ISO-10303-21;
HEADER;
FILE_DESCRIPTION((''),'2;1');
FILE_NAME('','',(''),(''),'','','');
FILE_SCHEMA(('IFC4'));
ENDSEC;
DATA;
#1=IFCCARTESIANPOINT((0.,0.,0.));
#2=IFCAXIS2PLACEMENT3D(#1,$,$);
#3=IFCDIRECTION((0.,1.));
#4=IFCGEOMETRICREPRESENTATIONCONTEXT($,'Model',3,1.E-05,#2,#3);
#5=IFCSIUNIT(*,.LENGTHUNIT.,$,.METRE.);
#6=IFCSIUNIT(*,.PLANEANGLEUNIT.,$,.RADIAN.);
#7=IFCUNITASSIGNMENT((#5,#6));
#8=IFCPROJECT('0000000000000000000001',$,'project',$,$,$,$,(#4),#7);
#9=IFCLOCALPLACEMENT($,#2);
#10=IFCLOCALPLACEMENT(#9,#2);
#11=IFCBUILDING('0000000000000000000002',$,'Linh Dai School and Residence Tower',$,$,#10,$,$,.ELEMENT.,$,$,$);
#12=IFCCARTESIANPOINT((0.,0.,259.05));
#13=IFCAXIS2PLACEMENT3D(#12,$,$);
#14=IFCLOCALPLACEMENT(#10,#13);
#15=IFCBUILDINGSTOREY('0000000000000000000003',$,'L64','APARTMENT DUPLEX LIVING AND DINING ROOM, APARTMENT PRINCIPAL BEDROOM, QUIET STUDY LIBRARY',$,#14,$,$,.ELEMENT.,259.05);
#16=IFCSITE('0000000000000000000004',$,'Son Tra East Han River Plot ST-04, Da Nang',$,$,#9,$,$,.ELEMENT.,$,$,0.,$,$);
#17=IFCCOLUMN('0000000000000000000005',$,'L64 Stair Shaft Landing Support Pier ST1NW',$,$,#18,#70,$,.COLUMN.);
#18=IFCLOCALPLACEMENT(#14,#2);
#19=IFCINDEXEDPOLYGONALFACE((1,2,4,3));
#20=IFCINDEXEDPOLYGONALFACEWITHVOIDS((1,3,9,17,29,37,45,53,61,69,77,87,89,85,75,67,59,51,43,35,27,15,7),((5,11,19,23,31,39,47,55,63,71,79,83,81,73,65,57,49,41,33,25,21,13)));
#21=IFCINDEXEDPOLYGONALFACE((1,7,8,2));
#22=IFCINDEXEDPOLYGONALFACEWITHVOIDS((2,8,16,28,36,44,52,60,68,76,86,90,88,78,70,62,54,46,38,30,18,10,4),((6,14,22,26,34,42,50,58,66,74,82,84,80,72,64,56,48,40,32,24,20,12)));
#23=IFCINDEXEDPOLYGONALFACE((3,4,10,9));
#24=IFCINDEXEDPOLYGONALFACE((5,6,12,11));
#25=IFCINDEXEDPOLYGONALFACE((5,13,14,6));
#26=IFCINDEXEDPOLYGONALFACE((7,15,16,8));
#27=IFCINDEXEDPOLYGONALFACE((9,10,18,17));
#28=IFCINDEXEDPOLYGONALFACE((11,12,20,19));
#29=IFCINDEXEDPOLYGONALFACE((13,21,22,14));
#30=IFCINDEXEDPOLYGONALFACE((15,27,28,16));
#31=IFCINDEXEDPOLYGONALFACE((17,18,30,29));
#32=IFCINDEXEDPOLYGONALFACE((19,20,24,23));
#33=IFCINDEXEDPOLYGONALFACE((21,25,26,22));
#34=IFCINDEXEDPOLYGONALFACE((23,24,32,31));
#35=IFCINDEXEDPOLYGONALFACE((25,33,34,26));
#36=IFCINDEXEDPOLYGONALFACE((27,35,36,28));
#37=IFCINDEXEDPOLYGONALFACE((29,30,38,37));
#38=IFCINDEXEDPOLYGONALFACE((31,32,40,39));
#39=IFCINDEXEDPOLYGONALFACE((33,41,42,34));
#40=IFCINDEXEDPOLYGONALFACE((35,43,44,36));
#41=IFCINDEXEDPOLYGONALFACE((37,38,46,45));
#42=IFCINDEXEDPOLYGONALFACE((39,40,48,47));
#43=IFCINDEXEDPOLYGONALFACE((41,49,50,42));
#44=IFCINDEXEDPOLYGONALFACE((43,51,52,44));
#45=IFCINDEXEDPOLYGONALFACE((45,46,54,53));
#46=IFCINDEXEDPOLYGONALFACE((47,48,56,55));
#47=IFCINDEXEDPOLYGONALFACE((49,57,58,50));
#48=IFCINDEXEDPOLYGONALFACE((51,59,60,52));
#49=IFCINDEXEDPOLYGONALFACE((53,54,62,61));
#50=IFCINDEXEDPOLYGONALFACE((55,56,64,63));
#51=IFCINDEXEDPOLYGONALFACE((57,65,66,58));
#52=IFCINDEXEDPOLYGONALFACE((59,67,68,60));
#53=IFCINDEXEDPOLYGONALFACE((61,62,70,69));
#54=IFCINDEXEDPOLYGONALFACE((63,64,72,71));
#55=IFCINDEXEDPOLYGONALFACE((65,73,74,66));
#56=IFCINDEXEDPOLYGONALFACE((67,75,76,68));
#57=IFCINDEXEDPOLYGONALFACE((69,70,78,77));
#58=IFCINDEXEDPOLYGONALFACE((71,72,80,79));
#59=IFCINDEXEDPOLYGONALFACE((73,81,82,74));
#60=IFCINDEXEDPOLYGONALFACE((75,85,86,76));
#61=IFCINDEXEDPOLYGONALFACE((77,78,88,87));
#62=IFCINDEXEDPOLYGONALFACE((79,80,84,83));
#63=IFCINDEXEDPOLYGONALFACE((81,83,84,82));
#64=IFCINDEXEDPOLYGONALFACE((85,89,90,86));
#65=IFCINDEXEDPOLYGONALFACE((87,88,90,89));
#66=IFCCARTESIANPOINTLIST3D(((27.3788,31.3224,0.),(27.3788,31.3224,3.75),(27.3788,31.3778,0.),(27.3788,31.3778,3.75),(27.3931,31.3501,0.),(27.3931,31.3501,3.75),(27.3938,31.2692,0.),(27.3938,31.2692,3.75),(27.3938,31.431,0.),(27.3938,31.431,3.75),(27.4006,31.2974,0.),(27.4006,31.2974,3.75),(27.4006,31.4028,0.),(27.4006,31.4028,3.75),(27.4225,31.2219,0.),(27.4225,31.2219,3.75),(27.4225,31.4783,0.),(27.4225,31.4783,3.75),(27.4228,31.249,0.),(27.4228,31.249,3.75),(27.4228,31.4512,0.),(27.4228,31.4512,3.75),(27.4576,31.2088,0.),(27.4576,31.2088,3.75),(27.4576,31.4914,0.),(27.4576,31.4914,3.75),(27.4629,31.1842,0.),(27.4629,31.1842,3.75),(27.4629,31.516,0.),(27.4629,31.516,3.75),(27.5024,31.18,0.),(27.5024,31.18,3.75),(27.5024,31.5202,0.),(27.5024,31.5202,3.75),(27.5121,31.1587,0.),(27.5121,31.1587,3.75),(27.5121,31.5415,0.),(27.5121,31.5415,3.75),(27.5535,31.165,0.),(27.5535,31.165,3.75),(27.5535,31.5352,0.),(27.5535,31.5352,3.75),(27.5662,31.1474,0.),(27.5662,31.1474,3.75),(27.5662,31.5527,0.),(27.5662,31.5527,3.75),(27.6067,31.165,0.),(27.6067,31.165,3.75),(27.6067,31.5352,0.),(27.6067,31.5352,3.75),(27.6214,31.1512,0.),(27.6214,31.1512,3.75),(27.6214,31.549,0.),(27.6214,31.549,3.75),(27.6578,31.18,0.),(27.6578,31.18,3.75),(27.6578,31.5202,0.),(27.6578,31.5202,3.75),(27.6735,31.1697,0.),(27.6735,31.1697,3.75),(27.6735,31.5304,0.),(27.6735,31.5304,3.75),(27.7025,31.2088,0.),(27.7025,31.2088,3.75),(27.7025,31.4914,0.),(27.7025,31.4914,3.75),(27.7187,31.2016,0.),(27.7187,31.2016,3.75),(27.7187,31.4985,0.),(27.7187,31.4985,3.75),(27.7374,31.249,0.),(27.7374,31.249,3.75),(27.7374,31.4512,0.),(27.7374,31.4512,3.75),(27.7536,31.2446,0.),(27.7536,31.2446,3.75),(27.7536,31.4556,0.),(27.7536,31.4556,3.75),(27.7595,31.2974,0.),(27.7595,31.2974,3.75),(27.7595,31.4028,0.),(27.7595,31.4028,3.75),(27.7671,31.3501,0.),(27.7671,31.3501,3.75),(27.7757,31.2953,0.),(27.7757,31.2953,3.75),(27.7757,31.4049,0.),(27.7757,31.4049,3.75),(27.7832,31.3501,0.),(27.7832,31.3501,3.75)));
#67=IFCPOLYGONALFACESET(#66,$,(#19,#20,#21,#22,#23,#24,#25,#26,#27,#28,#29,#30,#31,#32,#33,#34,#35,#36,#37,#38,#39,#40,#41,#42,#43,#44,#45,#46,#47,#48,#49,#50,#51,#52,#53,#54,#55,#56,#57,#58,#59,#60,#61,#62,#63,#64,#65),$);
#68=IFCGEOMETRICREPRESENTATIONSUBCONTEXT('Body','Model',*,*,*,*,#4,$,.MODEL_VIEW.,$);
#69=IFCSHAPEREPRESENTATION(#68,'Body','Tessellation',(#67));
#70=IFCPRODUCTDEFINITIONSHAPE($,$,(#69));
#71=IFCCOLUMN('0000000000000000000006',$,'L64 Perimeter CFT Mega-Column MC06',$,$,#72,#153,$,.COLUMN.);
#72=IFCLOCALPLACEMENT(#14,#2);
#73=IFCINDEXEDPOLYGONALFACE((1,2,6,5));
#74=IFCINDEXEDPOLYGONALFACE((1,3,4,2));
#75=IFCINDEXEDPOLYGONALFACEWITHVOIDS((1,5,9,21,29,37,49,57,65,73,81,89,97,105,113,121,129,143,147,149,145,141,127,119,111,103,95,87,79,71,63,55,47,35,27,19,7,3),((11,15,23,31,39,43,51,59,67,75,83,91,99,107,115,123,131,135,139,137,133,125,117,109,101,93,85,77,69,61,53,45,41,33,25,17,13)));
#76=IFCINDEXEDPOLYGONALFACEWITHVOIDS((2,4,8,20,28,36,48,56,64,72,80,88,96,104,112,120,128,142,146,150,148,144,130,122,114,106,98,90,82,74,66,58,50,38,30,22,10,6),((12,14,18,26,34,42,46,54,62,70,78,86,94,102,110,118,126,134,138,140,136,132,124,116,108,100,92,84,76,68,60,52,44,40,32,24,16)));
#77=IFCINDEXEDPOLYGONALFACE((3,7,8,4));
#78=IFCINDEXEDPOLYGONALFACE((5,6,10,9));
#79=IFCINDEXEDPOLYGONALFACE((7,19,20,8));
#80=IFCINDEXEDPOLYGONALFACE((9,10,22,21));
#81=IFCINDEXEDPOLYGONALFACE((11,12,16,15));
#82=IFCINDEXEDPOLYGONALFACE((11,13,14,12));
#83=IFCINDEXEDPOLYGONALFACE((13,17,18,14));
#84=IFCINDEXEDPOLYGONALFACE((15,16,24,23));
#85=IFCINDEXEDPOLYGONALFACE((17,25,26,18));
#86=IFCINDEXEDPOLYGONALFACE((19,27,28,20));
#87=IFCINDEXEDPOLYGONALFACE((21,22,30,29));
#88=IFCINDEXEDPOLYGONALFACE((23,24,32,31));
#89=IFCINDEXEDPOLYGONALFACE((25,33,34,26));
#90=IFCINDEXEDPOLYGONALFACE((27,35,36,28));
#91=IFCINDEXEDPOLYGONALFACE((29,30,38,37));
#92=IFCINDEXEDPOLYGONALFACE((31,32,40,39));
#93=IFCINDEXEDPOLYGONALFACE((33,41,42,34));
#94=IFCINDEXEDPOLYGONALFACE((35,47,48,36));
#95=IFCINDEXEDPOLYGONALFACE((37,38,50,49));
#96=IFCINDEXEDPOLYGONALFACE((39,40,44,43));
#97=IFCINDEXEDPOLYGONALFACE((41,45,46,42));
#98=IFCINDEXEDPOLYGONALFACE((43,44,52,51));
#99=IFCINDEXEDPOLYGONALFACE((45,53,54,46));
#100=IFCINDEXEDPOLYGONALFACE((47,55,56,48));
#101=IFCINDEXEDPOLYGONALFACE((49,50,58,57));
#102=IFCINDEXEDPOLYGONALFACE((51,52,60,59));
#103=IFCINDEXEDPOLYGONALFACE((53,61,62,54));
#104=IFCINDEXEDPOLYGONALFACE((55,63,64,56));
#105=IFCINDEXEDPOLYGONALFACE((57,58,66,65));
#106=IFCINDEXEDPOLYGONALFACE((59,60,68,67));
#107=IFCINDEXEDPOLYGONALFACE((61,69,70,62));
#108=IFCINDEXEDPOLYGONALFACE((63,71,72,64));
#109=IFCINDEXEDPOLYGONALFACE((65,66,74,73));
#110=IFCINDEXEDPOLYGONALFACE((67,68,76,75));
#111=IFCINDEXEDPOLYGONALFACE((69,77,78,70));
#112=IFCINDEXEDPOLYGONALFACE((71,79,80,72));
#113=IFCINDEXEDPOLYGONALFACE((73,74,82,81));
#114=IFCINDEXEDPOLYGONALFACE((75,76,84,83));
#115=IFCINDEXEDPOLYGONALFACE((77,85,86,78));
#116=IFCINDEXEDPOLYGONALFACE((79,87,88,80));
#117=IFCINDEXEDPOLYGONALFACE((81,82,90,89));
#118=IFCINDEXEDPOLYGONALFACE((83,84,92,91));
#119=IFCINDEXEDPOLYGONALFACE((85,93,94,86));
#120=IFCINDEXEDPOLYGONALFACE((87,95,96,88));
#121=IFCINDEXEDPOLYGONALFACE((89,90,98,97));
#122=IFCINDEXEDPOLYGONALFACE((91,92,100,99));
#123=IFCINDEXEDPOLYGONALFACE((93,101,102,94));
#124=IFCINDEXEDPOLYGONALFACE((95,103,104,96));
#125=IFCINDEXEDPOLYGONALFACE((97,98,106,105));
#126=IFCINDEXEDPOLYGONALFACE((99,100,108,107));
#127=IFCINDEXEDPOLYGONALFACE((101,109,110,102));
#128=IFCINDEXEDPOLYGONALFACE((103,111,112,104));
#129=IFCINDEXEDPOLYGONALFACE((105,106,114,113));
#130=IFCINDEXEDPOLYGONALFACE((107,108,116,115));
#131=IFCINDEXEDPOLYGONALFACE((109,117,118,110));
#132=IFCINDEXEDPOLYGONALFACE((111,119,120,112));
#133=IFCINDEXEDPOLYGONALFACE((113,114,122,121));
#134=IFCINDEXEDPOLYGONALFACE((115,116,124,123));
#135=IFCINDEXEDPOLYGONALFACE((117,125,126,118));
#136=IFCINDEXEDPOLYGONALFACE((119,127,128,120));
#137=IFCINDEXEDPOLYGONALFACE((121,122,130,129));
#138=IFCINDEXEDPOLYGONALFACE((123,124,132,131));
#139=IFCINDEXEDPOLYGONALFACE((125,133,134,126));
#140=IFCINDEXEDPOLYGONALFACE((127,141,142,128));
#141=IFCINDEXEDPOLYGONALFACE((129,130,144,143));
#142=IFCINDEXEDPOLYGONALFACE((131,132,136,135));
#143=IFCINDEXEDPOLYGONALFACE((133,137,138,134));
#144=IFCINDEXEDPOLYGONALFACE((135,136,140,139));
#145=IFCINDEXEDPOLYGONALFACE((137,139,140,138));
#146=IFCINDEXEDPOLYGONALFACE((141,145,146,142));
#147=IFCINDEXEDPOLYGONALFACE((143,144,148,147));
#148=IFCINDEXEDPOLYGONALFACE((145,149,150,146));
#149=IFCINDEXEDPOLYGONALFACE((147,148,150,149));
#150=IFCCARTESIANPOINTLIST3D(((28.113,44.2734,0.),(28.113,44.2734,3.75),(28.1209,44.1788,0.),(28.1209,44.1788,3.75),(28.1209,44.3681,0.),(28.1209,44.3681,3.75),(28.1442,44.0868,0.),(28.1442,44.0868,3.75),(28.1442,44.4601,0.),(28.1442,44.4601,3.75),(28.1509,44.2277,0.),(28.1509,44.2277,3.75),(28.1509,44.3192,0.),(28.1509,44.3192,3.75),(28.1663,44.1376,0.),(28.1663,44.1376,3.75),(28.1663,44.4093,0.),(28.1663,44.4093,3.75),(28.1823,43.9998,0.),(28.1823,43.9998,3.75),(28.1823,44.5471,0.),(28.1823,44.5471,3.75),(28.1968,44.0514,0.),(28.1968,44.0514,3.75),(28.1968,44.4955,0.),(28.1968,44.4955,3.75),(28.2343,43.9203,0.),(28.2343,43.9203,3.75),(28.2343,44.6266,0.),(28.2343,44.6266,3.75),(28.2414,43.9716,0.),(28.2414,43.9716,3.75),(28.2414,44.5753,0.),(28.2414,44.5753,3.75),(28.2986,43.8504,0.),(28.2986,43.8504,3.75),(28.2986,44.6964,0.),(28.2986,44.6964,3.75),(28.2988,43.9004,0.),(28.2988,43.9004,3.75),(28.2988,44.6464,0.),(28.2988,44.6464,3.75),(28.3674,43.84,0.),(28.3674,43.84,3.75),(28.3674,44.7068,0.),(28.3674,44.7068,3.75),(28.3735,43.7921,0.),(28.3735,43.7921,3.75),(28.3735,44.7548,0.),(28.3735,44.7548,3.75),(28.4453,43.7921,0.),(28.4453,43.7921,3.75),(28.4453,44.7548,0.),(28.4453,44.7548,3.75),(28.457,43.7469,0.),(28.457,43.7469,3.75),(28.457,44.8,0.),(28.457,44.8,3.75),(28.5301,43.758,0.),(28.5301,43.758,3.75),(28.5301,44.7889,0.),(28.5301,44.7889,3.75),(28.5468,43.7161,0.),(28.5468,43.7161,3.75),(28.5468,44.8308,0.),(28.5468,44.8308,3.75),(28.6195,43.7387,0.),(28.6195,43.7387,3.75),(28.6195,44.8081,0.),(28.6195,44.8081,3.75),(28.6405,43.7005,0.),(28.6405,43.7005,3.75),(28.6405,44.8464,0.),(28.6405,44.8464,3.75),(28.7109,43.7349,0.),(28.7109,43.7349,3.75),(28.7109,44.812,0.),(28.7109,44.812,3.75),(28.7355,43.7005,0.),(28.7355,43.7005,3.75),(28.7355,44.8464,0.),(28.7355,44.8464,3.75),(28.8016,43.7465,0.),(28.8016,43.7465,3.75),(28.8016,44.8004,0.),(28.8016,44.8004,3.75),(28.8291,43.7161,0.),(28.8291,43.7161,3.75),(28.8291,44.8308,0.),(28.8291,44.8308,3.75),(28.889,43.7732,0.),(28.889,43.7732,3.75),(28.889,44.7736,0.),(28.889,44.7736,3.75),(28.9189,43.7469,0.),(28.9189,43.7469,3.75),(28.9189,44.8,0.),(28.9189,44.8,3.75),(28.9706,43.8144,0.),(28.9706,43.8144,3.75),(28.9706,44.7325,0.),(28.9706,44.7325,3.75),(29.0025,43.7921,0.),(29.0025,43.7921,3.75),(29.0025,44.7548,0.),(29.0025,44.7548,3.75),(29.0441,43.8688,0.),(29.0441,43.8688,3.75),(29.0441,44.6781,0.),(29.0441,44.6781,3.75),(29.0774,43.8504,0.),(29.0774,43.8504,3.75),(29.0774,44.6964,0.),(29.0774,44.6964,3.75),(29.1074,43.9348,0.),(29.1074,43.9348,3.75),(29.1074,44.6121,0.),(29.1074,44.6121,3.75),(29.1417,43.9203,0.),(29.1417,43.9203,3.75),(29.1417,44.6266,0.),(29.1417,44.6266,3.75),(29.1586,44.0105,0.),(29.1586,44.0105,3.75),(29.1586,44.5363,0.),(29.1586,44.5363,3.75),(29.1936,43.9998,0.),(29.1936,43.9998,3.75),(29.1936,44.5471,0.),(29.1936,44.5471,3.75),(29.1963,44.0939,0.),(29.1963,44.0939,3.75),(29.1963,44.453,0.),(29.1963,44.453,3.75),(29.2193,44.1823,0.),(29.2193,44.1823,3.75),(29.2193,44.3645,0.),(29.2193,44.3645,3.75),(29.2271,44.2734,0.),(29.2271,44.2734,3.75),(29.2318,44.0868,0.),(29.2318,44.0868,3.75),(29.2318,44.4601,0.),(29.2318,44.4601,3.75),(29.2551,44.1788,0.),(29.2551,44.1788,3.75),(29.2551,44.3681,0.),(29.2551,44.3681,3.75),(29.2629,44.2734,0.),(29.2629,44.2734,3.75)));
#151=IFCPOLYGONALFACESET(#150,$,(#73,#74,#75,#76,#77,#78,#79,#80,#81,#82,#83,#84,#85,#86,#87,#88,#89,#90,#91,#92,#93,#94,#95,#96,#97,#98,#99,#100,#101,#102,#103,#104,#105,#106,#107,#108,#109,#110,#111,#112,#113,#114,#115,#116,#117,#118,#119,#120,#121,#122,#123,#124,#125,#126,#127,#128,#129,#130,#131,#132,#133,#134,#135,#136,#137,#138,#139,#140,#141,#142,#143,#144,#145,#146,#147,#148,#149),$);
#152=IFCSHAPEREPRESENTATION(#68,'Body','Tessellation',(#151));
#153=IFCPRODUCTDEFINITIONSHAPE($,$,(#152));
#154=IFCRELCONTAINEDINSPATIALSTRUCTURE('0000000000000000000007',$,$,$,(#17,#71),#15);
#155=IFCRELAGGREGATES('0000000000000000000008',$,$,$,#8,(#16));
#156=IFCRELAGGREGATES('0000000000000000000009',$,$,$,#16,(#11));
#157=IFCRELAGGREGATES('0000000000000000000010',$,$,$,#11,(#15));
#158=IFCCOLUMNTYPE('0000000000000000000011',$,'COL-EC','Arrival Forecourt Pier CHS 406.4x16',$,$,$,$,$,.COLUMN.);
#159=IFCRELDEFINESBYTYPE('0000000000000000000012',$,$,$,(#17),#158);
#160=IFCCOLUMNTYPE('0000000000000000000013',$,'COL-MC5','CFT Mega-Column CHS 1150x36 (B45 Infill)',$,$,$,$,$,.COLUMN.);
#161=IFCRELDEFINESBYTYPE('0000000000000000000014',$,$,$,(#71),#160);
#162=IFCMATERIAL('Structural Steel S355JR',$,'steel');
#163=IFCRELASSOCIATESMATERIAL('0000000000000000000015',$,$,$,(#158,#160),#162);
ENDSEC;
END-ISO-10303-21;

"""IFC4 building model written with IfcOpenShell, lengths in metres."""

from ifc_helpers import new_model, si_unit, direction, frame, origin, origin_2d, place, context, subcontext, project, spatial, hollow_circle, extrude, material, material_profile, profile_set, type_object, element, save


model = new_model("IFC4")

# Units and contexts
model_context = context("Model", 3, precision=1e-05, world=origin(), true_north=direction((0.0, 1.0)))
body_context = subcontext(model_context, "Body", "Model", "MODEL_VIEW")
ifc_project = project(units=[si_unit("LENGTHUNIT", "METRE"), si_unit("PLANEANGLEUNIT", "RADIAN")], contexts=[model_context])

# Site, building, storey
site_placement = place(None, origin())
site = spatial("IfcSite", under=ifc_project, at=site_placement, Name="Son Tra East Han River Plot ST-04, Da Nang", CompositionType="ELEMENT", RefElevation=0.0)
building_placement = place(site_placement, origin())
building = spatial("IfcBuilding", under=site, at=building_placement, Name="Linh Dai School and Residence Tower", CompositionType="ELEMENT")
storey_placement = place(building_placement, frame((0.0, 0.0, 259.05)))
storey = spatial("IfcBuildingStorey", under=building, at=storey_placement, Name="L64", Description="APARTMENT DUPLEX LIVING AND DINING ROOM, APARTMENT PRINCIPAL BEDROOM, QUIET STUDY LIBRARY", CompositionType="ELEMENT", Elevation=259.05)

# Columns
ifc_material_1 = material(Name="Structural Steel S355JR", Category="steel")
ifc_material_profile_1 = material_profile(ifc_material_1, hollow_circle(Radius=0.2031, WallThickness=0.0161, at=origin_2d()), Name="CHS 406.4x16")
ifc_profile_set_1 = profile_set([ifc_material_profile_1], Name="Structural Steel S355JR")
column_type_1 = type_object("IfcColumnType", Name="COL-EC", Description="Arrival Forecourt Pier CHS 406.4x16", PredefinedType="COLUMN", material=ifc_profile_set_1)
column_1_placement = place(storey_placement, frame((27.5801, 31.3501, 0.0), z_axis=(0.0, 0.0, 1.0), x_axis=(1.0, 0.0, 0.0)))
element("IfcColumn", 1, at=column_1_placement, inside=storey, type_object=column_type_1, Name="L64 Stair Shaft Landing Support Pier ST1NW", PredefinedType="COLUMN", context=body_context, shape_type="SweptSolid", body=[
    extrude(hollow_circle(Radius=0.2031, WallThickness=0.0161, at=origin_2d()), origin(), (0.0, 0.0, 1.0), 3.75),
])
ifc_material_profile_2 = material_profile(ifc_material_1, hollow_circle(Radius=0.575, WallThickness=0.0359, at=origin_2d()), Name="CHS 1150x36")
ifc_profile_set_2 = profile_set([ifc_material_profile_2], Name="Structural Steel S355JR")
column_type_2 = type_object("IfcColumnType", Name="COL-MC5", Description="CFT Mega-Column CHS 1150x36 (B45 Infill)", PredefinedType="COLUMN", material=ifc_profile_set_2)
column_2_placement = place(storey_placement, frame((28.688, 44.2734, 0.0), z_axis=(0.0, 0.0, 1.0), x_axis=(1.0, 0.0, 0.0)))
element("IfcColumn", 2, at=column_2_placement, inside=storey, type_object=column_type_2, Name="L64 Perimeter CFT Mega-Column MC06", PredefinedType="COLUMN", context=body_context, shape_type="SweptSolid", body=[
    extrude(hollow_circle(Radius=0.575, WallThickness=0.0359, at=origin_2d()), origin(), (0.0, 0.0, 1.0), 3.75),
])

save(model, "model.ifc")
